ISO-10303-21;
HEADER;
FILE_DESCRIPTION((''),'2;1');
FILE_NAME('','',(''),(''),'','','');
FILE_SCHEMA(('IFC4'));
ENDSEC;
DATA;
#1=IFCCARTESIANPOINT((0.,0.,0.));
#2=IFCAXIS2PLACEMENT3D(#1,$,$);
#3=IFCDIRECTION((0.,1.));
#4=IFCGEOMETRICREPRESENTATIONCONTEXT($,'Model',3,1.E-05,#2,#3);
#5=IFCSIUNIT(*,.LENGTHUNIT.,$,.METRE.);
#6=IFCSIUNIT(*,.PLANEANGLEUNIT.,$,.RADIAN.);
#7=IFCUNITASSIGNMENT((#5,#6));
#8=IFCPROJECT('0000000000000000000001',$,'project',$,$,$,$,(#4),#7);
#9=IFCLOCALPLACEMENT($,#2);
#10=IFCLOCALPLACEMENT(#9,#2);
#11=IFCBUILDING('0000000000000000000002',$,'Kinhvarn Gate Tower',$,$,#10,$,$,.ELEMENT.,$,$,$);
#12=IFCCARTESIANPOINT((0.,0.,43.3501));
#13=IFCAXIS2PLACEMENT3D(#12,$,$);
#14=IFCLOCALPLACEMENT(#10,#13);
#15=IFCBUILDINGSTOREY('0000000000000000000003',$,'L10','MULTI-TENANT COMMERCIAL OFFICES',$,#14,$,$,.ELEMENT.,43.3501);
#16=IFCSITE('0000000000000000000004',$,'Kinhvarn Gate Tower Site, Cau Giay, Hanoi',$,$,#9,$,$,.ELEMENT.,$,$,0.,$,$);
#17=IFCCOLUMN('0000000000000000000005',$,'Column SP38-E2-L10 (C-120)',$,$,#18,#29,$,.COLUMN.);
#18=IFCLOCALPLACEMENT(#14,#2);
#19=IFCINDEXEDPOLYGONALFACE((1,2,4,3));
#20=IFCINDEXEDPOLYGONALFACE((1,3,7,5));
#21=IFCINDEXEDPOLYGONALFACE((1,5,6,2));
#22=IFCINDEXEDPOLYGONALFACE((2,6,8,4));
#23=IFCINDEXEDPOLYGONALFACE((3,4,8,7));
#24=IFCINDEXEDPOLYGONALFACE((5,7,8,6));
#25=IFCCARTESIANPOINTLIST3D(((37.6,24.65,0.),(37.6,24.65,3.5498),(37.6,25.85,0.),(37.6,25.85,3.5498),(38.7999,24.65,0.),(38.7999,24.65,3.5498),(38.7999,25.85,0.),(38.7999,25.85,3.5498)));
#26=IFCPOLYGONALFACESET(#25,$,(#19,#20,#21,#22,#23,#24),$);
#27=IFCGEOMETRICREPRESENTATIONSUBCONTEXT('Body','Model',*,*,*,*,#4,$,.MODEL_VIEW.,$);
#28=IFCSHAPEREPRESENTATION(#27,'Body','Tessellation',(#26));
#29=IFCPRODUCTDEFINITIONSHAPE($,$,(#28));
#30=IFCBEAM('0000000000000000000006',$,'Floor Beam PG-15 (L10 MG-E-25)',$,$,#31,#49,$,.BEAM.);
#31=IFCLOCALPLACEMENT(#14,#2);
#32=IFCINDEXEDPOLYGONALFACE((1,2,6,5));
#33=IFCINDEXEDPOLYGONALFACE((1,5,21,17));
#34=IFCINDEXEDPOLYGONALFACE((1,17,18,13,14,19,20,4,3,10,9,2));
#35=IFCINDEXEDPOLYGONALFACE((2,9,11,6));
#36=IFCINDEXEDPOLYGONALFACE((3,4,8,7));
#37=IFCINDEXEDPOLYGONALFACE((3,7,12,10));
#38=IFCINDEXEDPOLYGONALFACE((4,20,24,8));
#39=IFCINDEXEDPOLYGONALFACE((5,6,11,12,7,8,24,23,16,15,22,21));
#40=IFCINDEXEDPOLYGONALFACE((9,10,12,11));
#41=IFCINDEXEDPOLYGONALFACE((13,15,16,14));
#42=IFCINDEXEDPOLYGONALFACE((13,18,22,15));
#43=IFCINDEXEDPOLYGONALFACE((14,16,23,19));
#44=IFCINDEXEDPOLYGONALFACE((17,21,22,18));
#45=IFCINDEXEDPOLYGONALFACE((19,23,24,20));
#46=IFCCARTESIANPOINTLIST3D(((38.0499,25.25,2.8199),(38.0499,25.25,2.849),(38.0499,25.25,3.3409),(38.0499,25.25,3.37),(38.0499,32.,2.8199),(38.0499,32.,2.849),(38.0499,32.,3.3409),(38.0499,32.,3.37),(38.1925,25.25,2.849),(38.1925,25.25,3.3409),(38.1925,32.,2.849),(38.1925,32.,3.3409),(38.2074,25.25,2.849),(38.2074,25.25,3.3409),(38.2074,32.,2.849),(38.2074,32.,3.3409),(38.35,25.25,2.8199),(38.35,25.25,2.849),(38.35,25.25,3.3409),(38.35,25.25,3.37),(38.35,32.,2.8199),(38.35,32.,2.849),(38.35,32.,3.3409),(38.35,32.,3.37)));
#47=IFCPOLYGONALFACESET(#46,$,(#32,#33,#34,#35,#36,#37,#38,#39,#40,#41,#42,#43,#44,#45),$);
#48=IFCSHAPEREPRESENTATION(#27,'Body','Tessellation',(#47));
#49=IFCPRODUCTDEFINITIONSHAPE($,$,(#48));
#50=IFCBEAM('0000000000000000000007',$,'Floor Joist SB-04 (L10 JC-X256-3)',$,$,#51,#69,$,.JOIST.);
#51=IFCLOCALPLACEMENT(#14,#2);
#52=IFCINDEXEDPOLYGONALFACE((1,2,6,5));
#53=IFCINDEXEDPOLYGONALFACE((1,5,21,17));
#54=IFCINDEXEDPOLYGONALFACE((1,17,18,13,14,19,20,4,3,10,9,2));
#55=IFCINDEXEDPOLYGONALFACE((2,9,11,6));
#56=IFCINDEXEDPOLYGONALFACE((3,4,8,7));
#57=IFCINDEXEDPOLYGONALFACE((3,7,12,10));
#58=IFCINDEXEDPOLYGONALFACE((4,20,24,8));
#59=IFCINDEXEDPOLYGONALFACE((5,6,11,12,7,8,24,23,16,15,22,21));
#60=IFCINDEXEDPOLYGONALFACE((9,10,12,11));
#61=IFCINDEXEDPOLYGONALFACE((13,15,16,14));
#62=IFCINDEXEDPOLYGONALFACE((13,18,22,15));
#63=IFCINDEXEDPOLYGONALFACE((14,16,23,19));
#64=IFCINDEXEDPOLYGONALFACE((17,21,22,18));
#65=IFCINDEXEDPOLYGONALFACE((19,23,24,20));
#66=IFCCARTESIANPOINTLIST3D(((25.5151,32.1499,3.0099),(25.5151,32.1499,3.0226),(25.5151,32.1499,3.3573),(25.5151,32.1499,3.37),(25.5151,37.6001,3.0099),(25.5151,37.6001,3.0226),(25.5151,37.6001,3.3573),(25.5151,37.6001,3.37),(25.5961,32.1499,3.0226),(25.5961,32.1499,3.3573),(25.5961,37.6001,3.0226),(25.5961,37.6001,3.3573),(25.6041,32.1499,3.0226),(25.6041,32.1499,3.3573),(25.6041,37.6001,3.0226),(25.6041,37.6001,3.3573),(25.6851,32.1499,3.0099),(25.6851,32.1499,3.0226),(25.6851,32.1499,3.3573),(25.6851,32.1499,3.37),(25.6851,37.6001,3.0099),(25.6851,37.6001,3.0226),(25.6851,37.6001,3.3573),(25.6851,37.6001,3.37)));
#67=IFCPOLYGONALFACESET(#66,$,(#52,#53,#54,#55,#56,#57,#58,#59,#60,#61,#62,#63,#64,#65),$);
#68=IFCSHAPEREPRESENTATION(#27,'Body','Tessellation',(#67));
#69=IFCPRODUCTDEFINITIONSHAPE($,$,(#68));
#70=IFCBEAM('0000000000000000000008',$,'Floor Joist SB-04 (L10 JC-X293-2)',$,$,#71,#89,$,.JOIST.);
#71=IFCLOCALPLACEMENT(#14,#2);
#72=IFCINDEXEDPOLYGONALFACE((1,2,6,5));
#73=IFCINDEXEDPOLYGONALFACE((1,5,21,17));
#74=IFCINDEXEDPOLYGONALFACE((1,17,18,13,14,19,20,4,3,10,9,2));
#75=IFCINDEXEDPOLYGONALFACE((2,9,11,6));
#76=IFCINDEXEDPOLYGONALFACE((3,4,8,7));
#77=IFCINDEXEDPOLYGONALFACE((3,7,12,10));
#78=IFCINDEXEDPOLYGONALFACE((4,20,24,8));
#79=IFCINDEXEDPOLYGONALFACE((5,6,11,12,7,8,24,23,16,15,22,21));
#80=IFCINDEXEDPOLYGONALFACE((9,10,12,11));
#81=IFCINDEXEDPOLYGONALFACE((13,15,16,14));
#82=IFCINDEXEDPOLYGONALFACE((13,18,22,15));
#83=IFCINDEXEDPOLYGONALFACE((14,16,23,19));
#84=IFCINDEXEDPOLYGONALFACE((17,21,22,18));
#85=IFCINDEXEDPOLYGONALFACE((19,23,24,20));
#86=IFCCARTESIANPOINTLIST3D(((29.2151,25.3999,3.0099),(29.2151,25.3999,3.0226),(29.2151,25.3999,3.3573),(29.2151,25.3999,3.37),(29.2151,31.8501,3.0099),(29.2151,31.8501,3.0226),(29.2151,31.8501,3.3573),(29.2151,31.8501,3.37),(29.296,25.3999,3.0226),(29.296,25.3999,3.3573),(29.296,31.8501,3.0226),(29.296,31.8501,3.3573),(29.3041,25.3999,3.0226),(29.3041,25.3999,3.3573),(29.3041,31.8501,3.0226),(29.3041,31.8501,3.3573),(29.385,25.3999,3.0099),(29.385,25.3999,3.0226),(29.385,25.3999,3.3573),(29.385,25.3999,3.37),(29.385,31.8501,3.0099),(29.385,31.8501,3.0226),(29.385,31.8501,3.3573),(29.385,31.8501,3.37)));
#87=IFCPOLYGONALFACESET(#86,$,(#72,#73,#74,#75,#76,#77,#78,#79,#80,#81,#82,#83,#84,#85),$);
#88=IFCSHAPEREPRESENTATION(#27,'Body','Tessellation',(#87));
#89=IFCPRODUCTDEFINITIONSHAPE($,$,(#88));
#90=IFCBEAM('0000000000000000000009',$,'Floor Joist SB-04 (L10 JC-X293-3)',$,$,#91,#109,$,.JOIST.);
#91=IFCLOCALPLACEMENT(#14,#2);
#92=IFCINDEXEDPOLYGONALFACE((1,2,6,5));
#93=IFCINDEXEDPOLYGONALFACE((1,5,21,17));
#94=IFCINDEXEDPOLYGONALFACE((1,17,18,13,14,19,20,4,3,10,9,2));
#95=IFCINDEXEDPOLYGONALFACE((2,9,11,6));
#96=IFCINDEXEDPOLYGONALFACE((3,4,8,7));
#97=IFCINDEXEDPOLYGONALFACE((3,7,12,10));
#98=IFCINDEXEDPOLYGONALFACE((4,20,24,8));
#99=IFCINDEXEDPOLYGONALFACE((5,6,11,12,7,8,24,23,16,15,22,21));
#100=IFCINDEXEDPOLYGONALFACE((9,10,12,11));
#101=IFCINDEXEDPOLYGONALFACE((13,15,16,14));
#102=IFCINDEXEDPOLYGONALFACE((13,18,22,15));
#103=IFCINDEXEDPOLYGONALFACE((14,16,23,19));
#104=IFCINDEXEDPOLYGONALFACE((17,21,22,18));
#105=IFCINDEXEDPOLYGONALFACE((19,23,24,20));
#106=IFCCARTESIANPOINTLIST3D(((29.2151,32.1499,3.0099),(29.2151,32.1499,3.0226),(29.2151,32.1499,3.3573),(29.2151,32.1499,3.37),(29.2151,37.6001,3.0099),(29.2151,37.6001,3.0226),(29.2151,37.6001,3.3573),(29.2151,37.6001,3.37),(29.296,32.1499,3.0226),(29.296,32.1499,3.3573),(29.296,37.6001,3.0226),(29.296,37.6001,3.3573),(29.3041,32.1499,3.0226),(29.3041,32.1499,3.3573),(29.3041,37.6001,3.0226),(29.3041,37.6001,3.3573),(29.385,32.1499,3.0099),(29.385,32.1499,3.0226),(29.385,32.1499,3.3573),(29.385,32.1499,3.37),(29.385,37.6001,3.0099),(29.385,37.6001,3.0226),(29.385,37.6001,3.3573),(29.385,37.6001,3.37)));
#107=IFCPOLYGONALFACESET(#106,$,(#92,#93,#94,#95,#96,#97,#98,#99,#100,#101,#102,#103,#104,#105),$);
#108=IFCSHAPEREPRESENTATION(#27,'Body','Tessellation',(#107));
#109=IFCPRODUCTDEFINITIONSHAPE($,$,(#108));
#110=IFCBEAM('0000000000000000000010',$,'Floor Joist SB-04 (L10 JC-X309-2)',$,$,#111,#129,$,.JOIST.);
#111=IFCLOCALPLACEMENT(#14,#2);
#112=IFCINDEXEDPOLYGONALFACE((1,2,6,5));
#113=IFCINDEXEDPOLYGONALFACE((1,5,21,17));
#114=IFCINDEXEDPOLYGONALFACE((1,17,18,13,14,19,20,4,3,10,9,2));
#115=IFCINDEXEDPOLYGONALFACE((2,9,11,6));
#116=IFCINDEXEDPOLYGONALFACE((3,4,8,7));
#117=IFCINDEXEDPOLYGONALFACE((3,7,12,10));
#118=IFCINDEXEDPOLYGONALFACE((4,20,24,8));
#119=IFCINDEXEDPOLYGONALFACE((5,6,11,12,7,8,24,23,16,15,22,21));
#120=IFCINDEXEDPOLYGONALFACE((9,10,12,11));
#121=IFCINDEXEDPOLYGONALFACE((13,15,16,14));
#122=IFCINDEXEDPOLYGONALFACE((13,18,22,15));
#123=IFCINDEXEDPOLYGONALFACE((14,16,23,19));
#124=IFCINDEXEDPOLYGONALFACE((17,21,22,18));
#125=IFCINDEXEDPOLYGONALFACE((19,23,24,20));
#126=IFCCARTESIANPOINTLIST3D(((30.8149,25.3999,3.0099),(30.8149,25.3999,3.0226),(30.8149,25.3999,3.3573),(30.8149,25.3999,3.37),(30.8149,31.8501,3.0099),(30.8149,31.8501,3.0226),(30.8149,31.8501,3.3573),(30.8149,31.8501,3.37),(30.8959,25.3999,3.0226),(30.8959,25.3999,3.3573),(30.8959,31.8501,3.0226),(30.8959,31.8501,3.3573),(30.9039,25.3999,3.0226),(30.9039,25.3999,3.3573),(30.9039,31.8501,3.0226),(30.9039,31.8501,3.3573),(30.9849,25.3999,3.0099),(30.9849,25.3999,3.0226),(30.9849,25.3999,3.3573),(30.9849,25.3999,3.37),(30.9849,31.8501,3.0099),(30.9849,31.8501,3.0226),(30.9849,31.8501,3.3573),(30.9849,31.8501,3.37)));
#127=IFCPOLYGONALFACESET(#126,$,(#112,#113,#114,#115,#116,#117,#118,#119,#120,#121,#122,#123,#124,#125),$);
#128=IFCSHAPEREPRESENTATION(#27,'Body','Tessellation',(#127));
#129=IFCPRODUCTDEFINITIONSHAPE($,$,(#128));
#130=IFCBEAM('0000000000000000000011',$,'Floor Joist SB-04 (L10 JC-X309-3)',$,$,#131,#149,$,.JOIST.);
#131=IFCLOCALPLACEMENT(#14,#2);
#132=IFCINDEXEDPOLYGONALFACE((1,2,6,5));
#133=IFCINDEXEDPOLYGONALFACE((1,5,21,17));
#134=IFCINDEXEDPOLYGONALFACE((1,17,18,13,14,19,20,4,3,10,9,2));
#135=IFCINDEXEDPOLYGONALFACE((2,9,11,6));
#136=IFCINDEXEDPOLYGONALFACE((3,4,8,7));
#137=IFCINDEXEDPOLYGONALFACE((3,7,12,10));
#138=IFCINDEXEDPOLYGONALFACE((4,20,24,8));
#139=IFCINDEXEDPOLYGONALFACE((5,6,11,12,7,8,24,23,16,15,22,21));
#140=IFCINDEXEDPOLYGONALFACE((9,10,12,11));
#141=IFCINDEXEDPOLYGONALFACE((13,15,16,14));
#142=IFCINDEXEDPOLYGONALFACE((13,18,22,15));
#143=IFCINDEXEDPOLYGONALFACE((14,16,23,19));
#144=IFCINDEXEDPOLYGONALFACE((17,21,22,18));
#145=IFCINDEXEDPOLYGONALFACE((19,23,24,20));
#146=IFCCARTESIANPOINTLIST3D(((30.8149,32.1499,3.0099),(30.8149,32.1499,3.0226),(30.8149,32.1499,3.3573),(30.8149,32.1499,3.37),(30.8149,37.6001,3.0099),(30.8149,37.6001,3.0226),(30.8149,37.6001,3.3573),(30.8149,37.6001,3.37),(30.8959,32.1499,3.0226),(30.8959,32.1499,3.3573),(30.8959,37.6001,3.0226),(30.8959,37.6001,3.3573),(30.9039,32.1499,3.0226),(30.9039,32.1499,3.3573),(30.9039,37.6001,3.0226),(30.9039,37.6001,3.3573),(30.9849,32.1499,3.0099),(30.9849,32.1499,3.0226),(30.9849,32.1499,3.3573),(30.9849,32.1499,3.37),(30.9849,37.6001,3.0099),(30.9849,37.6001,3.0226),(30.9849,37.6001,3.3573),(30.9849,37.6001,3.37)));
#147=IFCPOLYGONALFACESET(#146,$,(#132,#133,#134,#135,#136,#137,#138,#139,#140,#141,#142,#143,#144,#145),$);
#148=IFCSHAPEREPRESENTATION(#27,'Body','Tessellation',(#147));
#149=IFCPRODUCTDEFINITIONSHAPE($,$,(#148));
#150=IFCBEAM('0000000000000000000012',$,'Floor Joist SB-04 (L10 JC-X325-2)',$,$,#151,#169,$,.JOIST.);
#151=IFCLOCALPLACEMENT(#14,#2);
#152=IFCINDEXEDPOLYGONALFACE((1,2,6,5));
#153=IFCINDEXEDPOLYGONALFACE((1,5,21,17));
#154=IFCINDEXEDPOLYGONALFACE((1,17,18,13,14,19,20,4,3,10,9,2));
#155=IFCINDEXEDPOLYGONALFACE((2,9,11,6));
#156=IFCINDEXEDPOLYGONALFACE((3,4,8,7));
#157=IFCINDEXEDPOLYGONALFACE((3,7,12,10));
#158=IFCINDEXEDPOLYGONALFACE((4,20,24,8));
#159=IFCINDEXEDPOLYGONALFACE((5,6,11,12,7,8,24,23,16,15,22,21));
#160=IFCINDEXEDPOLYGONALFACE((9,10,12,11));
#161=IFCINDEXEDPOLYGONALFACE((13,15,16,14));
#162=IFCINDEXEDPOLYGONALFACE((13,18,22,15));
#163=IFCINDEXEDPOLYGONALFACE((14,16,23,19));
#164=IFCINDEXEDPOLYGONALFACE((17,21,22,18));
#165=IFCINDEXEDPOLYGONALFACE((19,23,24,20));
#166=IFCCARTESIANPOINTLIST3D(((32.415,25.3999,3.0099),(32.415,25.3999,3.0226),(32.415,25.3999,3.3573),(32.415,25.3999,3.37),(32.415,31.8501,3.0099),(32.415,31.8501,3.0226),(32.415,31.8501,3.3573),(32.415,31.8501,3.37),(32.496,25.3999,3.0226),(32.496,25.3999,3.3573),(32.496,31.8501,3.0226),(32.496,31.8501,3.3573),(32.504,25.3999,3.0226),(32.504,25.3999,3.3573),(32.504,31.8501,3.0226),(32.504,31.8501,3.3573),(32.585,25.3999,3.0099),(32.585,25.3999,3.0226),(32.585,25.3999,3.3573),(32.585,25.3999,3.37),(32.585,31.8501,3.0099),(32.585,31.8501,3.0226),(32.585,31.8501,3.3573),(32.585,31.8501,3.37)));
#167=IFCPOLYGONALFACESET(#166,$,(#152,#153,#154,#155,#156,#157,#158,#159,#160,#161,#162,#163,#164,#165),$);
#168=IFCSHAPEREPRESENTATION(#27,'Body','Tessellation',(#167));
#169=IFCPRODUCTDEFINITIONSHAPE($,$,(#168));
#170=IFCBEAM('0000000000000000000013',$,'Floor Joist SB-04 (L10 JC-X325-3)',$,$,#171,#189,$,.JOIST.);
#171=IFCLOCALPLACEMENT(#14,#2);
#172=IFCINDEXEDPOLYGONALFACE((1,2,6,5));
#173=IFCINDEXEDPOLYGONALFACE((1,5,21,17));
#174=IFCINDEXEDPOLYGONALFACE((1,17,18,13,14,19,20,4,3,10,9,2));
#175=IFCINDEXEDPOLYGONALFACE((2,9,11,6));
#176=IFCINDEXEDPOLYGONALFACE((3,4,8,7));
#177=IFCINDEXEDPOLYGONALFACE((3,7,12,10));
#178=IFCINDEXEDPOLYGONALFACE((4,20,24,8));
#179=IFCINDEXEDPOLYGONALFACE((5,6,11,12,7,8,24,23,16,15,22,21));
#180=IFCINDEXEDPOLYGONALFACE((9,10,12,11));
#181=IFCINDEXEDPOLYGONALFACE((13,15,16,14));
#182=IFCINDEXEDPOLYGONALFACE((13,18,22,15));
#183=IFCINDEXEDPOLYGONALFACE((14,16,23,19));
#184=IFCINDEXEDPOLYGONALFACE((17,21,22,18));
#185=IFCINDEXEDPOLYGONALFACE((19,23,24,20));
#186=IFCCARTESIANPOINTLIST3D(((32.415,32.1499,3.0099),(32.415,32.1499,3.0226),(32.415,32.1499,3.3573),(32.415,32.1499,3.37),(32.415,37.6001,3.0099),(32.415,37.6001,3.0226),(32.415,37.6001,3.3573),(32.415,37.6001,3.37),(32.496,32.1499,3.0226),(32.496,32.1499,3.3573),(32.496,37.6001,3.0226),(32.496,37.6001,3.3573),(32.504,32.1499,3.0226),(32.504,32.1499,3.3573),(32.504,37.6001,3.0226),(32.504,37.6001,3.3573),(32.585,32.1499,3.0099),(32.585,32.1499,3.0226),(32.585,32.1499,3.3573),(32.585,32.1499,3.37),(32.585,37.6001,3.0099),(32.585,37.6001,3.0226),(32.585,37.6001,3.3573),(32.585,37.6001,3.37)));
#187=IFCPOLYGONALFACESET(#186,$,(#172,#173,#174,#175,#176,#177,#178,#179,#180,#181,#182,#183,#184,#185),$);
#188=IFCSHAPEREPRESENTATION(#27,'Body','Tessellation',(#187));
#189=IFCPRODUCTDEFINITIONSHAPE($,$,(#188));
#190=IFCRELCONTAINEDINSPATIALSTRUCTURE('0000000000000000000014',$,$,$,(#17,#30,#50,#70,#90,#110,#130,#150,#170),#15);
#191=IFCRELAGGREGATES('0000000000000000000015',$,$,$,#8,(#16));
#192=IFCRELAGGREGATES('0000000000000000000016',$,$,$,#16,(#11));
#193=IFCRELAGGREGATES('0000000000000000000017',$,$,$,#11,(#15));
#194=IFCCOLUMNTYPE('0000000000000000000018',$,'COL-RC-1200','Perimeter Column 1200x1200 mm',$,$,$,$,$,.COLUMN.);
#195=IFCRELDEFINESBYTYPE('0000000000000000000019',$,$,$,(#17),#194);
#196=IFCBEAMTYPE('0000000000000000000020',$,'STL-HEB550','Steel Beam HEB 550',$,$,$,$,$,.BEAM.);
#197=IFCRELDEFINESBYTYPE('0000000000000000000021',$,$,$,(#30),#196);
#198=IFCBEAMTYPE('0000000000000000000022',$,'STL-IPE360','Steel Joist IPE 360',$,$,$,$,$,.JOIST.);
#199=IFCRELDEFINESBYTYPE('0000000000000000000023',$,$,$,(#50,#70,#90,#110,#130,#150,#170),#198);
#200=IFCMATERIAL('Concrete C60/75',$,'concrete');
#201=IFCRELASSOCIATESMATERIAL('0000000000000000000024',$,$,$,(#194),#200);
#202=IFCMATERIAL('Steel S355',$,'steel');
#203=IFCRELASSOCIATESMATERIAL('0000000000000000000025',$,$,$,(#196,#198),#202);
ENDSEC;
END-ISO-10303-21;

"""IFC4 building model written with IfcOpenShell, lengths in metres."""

from ifc_helpers import new_model, si_unit, direction, frame, origin, origin_2d, place, context, subcontext, project, spatial, rectangle, i_section, extrude, material, material_profile, profile_set, type_object, element, save


model = new_model("IFC4")

# Units and contexts
model_context = context("Model", 3, precision=1e-05, world=origin(), true_north=direction((0.0, 1.0)))
body_context = subcontext(model_context, "Body", "Model", "MODEL_VIEW")
ifc_project = project(units=[si_unit("LENGTHUNIT", "METRE"), si_unit("PLANEANGLEUNIT", "RADIAN")], contexts=[model_context])

# Site, building, storey
site_placement = place(None, origin())
site = spatial("IfcSite", under=ifc_project, at=site_placement, Name="Kinhvarn Gate Tower Site, Cau Giay, Hanoi", CompositionType="ELEMENT", RefElevation=0.0)
building_placement = place(site_placement, origin())
building = spatial("IfcBuilding", under=site, at=building_placement, Name="Kinhvarn Gate Tower", CompositionType="ELEMENT")
storey_placement = place(building_placement, frame((0.0, 0.0, 43.3501)))
storey = spatial("IfcBuildingStorey", under=building, at=storey_placement, Name="L10", Description="MULTI-TENANT COMMERCIAL OFFICES", CompositionType="ELEMENT", Elevation=43.3501)

# Column
ifc_material_1 = material(Name="Concrete C60/75", Category="concrete")
ifc_material_profile_1 = material_profile(ifc_material_1, rectangle(XDim=1.2, YDim=1.2, at=origin_2d()), Name="RC 1200x1200")
ifc_profile_set_1 = profile_set([ifc_material_profile_1], Name="Concrete C60/75")
column_type = type_object("IfcColumnType", Name="COL-RC-1200", Description="Perimeter Column 1200x1200 mm", PredefinedType="COLUMN", material=ifc_profile_set_1)
column_placement = place(storey_placement, frame((38.2, 25.25, 0.0), z_axis=(0.0, 0.0, 1.0), x_axis=(1.0, 0.0, 0.0)))
element("IfcColumn", 1, at=column_placement, inside=storey, type_object=column_type, Name="Column SP38-E2-L10 (C-120)", PredefinedType="COLUMN", context=body_context, shape_type="SweptSolid", body=[
    extrude(rectangle(XDim=1.2, YDim=1.2, at=origin_2d()), origin(), (0.0, 0.0, 1.0), 3.5498),
])

# Beams
ifc_material_2 = material(Name="Steel S355", Category="steel")
ifc_material_profile_2 = material_profile(ifc_material_2, i_section(OverallWidth=0.3, OverallDepth=0.55, WebThickness=0.0149, FlangeThickness=0.0291, at=origin_2d()), Name="HEB 550")
ifc_profile_set_2 = profile_set([ifc_material_profile_2], Name="Steel S355")
beam_type_1 = type_object("IfcBeamType", Name="STL-HEB550", Description="Steel Beam HEB 550", PredefinedType="BEAM", material=ifc_profile_set_2)
beam_1_placement = place(storey_placement, frame((38.2, 25.25, 3.095), z_axis=(0.0, 1.0, 0.0), x_axis=(-1.0, 0.0, 0.0)))
element("IfcBeam", 2, at=beam_1_placement, inside=storey, type_object=beam_type_1, Name="Floor Beam PG-15 (L10 MG-E-25)", PredefinedType="BEAM", context=body_context, shape_type="SweptSolid", body=[
    extrude(i_section(OverallWidth=0.3, OverallDepth=0.55, WebThickness=0.0149, FlangeThickness=0.0291, at=origin_2d()), origin(), (0.0, 0.0, 1.0), 6.75),
])
ifc_material_profile_3 = material_profile(ifc_material_2, i_section(OverallWidth=0.1699, OverallDepth=0.3601, WebThickness=0.0081, FlangeThickness=0.0127, at=origin_2d()), Name="IPE 360")
ifc_profile_set_3 = profile_set([ifc_material_profile_3], Name="Steel S355")
beam_type_2 = type_object("IfcBeamType", Name="STL-IPE360", Description="Steel Joist IPE 360", PredefinedType="JOIST", material=ifc_profile_set_3)
beam_2_placement = place(storey_placement, frame((25.6001, 32.1499, 3.1899), z_axis=(0.0, 1.0, 0.0), x_axis=(-1.0, 0.0, 0.0)))
element("IfcBeam", 3, at=beam_2_placement, inside=storey, type_object=beam_type_2, Name="Floor Joist SB-04 (L10 JC-X256-3)", PredefinedType="JOIST", context=body_context, shape_type="SweptSolid", body=[
    extrude(i_section(OverallWidth=0.1699, OverallDepth=0.3601, WebThickness=0.0081, FlangeThickness=0.0127, at=origin_2d()), origin(), (0.0, 0.0, 1.0), 5.4502),
])
beam_3_placement = place(storey_placement, frame((29.3, 25.3999, 3.1899), z_axis=(0.0, 1.0, 0.0), x_axis=(-1.0, 0.0, 0.0)))
element("IfcBeam", 4, at=beam_3_placement, inside=storey, type_object=beam_type_2, Name="Floor Joist SB-04 (L10 JC-X293-2)", PredefinedType="JOIST", context=body_context, shape_type="SweptSolid", body=[
    extrude(i_section(OverallWidth=0.1699, OverallDepth=0.3601, WebThickness=0.0081, FlangeThickness=0.0127, at=origin_2d()), origin(), (0.0, 0.0, 1.0), 6.4502),
])
beam_4_placement = place(storey_placement, frame((29.3, 32.1499, 3.1899), z_axis=(0.0, 1.0, 0.0), x_axis=(-1.0, 0.0, 0.0)))
element("IfcBeam", 5, at=beam_4_placement, inside=storey, type_object=beam_type_2, Name="Floor Joist SB-04 (L10 JC-X293-3)", PredefinedType="JOIST", context=body_context, shape_type="SweptSolid", body=[
    extrude(i_section(OverallWidth=0.1699, OverallDepth=0.3601, WebThickness=0.0081, FlangeThickness=0.0127, at=origin_2d()), origin(), (0.0, 0.0, 1.0), 5.4502),
])
beam_5_placement = place(storey_placement, frame((30.8999, 25.3999, 3.1899), z_axis=(0.0, 1.0, 0.0), x_axis=(-1.0, 0.0, 0.0)))
element("IfcBeam", 6, at=beam_5_placement, inside=storey, type_object=beam_type_2, Name="Floor Joist SB-04 (L10 JC-X309-2)", PredefinedType="JOIST", context=body_context, shape_type="SweptSolid", body=[
    extrude(i_section(OverallWidth=0.1699, OverallDepth=0.3601, WebThickness=0.0081, FlangeThickness=0.0127, at=origin_2d()), origin(), (0.0, 0.0, 1.0), 6.4502),
])
beam_6_placement = place(storey_placement, frame((30.8999, 32.1499, 3.1899), z_axis=(0.0, 1.0, 0.0), x_axis=(-1.0, 0.0, 0.0)))
element("IfcBeam", 7, at=beam_6_placement, inside=storey, type_object=beam_type_2, Name="Floor Joist SB-04 (L10 JC-X309-3)", PredefinedType="JOIST", context=body_context, shape_type="SweptSolid", body=[
    extrude(i_section(OverallWidth=0.1699, OverallDepth=0.3601, WebThickness=0.0081, FlangeThickness=0.0127, at=origin_2d()), origin(), (0.0, 0.0, 1.0), 5.4502),
])
beam_7_placement = place(storey_placement, frame((32.5, 25.3999, 3.1899), z_axis=(0.0, 1.0, 0.0), x_axis=(-1.0, 0.0, 0.0)))
element("IfcBeam", 8, at=beam_7_placement, inside=storey, type_object=beam_type_2, Name="Floor Joist SB-04 (L10 JC-X325-2)", PredefinedType="JOIST", context=body_context, shape_type="SweptSolid", body=[
    extrude(i_section(OverallWidth=0.1699, OverallDepth=0.3601, WebThickness=0.0081, FlangeThickness=0.0127, at=origin_2d()), origin(), (0.0, 0.0, 1.0), 6.4502),
])
beam_8_placement = place(storey_placement, frame((32.5, 32.1499, 3.1899), z_axis=(0.0, 1.0, 0.0), x_axis=(-1.0, 0.0, 0.0)))
element("IfcBeam", 9, at=beam_8_placement, inside=storey, type_object=beam_type_2, Name="Floor Joist SB-04 (L10 JC-X325-3)", PredefinedType="JOIST", context=body_context, shape_type="SweptSolid", body=[
    extrude(i_section(OverallWidth=0.1699, OverallDepth=0.3601, WebThickness=0.0081, FlangeThickness=0.0127, at=origin_2d()), origin(), (0.0, 0.0, 1.0), 5.4502),
])

save(model, "model.ifc")
